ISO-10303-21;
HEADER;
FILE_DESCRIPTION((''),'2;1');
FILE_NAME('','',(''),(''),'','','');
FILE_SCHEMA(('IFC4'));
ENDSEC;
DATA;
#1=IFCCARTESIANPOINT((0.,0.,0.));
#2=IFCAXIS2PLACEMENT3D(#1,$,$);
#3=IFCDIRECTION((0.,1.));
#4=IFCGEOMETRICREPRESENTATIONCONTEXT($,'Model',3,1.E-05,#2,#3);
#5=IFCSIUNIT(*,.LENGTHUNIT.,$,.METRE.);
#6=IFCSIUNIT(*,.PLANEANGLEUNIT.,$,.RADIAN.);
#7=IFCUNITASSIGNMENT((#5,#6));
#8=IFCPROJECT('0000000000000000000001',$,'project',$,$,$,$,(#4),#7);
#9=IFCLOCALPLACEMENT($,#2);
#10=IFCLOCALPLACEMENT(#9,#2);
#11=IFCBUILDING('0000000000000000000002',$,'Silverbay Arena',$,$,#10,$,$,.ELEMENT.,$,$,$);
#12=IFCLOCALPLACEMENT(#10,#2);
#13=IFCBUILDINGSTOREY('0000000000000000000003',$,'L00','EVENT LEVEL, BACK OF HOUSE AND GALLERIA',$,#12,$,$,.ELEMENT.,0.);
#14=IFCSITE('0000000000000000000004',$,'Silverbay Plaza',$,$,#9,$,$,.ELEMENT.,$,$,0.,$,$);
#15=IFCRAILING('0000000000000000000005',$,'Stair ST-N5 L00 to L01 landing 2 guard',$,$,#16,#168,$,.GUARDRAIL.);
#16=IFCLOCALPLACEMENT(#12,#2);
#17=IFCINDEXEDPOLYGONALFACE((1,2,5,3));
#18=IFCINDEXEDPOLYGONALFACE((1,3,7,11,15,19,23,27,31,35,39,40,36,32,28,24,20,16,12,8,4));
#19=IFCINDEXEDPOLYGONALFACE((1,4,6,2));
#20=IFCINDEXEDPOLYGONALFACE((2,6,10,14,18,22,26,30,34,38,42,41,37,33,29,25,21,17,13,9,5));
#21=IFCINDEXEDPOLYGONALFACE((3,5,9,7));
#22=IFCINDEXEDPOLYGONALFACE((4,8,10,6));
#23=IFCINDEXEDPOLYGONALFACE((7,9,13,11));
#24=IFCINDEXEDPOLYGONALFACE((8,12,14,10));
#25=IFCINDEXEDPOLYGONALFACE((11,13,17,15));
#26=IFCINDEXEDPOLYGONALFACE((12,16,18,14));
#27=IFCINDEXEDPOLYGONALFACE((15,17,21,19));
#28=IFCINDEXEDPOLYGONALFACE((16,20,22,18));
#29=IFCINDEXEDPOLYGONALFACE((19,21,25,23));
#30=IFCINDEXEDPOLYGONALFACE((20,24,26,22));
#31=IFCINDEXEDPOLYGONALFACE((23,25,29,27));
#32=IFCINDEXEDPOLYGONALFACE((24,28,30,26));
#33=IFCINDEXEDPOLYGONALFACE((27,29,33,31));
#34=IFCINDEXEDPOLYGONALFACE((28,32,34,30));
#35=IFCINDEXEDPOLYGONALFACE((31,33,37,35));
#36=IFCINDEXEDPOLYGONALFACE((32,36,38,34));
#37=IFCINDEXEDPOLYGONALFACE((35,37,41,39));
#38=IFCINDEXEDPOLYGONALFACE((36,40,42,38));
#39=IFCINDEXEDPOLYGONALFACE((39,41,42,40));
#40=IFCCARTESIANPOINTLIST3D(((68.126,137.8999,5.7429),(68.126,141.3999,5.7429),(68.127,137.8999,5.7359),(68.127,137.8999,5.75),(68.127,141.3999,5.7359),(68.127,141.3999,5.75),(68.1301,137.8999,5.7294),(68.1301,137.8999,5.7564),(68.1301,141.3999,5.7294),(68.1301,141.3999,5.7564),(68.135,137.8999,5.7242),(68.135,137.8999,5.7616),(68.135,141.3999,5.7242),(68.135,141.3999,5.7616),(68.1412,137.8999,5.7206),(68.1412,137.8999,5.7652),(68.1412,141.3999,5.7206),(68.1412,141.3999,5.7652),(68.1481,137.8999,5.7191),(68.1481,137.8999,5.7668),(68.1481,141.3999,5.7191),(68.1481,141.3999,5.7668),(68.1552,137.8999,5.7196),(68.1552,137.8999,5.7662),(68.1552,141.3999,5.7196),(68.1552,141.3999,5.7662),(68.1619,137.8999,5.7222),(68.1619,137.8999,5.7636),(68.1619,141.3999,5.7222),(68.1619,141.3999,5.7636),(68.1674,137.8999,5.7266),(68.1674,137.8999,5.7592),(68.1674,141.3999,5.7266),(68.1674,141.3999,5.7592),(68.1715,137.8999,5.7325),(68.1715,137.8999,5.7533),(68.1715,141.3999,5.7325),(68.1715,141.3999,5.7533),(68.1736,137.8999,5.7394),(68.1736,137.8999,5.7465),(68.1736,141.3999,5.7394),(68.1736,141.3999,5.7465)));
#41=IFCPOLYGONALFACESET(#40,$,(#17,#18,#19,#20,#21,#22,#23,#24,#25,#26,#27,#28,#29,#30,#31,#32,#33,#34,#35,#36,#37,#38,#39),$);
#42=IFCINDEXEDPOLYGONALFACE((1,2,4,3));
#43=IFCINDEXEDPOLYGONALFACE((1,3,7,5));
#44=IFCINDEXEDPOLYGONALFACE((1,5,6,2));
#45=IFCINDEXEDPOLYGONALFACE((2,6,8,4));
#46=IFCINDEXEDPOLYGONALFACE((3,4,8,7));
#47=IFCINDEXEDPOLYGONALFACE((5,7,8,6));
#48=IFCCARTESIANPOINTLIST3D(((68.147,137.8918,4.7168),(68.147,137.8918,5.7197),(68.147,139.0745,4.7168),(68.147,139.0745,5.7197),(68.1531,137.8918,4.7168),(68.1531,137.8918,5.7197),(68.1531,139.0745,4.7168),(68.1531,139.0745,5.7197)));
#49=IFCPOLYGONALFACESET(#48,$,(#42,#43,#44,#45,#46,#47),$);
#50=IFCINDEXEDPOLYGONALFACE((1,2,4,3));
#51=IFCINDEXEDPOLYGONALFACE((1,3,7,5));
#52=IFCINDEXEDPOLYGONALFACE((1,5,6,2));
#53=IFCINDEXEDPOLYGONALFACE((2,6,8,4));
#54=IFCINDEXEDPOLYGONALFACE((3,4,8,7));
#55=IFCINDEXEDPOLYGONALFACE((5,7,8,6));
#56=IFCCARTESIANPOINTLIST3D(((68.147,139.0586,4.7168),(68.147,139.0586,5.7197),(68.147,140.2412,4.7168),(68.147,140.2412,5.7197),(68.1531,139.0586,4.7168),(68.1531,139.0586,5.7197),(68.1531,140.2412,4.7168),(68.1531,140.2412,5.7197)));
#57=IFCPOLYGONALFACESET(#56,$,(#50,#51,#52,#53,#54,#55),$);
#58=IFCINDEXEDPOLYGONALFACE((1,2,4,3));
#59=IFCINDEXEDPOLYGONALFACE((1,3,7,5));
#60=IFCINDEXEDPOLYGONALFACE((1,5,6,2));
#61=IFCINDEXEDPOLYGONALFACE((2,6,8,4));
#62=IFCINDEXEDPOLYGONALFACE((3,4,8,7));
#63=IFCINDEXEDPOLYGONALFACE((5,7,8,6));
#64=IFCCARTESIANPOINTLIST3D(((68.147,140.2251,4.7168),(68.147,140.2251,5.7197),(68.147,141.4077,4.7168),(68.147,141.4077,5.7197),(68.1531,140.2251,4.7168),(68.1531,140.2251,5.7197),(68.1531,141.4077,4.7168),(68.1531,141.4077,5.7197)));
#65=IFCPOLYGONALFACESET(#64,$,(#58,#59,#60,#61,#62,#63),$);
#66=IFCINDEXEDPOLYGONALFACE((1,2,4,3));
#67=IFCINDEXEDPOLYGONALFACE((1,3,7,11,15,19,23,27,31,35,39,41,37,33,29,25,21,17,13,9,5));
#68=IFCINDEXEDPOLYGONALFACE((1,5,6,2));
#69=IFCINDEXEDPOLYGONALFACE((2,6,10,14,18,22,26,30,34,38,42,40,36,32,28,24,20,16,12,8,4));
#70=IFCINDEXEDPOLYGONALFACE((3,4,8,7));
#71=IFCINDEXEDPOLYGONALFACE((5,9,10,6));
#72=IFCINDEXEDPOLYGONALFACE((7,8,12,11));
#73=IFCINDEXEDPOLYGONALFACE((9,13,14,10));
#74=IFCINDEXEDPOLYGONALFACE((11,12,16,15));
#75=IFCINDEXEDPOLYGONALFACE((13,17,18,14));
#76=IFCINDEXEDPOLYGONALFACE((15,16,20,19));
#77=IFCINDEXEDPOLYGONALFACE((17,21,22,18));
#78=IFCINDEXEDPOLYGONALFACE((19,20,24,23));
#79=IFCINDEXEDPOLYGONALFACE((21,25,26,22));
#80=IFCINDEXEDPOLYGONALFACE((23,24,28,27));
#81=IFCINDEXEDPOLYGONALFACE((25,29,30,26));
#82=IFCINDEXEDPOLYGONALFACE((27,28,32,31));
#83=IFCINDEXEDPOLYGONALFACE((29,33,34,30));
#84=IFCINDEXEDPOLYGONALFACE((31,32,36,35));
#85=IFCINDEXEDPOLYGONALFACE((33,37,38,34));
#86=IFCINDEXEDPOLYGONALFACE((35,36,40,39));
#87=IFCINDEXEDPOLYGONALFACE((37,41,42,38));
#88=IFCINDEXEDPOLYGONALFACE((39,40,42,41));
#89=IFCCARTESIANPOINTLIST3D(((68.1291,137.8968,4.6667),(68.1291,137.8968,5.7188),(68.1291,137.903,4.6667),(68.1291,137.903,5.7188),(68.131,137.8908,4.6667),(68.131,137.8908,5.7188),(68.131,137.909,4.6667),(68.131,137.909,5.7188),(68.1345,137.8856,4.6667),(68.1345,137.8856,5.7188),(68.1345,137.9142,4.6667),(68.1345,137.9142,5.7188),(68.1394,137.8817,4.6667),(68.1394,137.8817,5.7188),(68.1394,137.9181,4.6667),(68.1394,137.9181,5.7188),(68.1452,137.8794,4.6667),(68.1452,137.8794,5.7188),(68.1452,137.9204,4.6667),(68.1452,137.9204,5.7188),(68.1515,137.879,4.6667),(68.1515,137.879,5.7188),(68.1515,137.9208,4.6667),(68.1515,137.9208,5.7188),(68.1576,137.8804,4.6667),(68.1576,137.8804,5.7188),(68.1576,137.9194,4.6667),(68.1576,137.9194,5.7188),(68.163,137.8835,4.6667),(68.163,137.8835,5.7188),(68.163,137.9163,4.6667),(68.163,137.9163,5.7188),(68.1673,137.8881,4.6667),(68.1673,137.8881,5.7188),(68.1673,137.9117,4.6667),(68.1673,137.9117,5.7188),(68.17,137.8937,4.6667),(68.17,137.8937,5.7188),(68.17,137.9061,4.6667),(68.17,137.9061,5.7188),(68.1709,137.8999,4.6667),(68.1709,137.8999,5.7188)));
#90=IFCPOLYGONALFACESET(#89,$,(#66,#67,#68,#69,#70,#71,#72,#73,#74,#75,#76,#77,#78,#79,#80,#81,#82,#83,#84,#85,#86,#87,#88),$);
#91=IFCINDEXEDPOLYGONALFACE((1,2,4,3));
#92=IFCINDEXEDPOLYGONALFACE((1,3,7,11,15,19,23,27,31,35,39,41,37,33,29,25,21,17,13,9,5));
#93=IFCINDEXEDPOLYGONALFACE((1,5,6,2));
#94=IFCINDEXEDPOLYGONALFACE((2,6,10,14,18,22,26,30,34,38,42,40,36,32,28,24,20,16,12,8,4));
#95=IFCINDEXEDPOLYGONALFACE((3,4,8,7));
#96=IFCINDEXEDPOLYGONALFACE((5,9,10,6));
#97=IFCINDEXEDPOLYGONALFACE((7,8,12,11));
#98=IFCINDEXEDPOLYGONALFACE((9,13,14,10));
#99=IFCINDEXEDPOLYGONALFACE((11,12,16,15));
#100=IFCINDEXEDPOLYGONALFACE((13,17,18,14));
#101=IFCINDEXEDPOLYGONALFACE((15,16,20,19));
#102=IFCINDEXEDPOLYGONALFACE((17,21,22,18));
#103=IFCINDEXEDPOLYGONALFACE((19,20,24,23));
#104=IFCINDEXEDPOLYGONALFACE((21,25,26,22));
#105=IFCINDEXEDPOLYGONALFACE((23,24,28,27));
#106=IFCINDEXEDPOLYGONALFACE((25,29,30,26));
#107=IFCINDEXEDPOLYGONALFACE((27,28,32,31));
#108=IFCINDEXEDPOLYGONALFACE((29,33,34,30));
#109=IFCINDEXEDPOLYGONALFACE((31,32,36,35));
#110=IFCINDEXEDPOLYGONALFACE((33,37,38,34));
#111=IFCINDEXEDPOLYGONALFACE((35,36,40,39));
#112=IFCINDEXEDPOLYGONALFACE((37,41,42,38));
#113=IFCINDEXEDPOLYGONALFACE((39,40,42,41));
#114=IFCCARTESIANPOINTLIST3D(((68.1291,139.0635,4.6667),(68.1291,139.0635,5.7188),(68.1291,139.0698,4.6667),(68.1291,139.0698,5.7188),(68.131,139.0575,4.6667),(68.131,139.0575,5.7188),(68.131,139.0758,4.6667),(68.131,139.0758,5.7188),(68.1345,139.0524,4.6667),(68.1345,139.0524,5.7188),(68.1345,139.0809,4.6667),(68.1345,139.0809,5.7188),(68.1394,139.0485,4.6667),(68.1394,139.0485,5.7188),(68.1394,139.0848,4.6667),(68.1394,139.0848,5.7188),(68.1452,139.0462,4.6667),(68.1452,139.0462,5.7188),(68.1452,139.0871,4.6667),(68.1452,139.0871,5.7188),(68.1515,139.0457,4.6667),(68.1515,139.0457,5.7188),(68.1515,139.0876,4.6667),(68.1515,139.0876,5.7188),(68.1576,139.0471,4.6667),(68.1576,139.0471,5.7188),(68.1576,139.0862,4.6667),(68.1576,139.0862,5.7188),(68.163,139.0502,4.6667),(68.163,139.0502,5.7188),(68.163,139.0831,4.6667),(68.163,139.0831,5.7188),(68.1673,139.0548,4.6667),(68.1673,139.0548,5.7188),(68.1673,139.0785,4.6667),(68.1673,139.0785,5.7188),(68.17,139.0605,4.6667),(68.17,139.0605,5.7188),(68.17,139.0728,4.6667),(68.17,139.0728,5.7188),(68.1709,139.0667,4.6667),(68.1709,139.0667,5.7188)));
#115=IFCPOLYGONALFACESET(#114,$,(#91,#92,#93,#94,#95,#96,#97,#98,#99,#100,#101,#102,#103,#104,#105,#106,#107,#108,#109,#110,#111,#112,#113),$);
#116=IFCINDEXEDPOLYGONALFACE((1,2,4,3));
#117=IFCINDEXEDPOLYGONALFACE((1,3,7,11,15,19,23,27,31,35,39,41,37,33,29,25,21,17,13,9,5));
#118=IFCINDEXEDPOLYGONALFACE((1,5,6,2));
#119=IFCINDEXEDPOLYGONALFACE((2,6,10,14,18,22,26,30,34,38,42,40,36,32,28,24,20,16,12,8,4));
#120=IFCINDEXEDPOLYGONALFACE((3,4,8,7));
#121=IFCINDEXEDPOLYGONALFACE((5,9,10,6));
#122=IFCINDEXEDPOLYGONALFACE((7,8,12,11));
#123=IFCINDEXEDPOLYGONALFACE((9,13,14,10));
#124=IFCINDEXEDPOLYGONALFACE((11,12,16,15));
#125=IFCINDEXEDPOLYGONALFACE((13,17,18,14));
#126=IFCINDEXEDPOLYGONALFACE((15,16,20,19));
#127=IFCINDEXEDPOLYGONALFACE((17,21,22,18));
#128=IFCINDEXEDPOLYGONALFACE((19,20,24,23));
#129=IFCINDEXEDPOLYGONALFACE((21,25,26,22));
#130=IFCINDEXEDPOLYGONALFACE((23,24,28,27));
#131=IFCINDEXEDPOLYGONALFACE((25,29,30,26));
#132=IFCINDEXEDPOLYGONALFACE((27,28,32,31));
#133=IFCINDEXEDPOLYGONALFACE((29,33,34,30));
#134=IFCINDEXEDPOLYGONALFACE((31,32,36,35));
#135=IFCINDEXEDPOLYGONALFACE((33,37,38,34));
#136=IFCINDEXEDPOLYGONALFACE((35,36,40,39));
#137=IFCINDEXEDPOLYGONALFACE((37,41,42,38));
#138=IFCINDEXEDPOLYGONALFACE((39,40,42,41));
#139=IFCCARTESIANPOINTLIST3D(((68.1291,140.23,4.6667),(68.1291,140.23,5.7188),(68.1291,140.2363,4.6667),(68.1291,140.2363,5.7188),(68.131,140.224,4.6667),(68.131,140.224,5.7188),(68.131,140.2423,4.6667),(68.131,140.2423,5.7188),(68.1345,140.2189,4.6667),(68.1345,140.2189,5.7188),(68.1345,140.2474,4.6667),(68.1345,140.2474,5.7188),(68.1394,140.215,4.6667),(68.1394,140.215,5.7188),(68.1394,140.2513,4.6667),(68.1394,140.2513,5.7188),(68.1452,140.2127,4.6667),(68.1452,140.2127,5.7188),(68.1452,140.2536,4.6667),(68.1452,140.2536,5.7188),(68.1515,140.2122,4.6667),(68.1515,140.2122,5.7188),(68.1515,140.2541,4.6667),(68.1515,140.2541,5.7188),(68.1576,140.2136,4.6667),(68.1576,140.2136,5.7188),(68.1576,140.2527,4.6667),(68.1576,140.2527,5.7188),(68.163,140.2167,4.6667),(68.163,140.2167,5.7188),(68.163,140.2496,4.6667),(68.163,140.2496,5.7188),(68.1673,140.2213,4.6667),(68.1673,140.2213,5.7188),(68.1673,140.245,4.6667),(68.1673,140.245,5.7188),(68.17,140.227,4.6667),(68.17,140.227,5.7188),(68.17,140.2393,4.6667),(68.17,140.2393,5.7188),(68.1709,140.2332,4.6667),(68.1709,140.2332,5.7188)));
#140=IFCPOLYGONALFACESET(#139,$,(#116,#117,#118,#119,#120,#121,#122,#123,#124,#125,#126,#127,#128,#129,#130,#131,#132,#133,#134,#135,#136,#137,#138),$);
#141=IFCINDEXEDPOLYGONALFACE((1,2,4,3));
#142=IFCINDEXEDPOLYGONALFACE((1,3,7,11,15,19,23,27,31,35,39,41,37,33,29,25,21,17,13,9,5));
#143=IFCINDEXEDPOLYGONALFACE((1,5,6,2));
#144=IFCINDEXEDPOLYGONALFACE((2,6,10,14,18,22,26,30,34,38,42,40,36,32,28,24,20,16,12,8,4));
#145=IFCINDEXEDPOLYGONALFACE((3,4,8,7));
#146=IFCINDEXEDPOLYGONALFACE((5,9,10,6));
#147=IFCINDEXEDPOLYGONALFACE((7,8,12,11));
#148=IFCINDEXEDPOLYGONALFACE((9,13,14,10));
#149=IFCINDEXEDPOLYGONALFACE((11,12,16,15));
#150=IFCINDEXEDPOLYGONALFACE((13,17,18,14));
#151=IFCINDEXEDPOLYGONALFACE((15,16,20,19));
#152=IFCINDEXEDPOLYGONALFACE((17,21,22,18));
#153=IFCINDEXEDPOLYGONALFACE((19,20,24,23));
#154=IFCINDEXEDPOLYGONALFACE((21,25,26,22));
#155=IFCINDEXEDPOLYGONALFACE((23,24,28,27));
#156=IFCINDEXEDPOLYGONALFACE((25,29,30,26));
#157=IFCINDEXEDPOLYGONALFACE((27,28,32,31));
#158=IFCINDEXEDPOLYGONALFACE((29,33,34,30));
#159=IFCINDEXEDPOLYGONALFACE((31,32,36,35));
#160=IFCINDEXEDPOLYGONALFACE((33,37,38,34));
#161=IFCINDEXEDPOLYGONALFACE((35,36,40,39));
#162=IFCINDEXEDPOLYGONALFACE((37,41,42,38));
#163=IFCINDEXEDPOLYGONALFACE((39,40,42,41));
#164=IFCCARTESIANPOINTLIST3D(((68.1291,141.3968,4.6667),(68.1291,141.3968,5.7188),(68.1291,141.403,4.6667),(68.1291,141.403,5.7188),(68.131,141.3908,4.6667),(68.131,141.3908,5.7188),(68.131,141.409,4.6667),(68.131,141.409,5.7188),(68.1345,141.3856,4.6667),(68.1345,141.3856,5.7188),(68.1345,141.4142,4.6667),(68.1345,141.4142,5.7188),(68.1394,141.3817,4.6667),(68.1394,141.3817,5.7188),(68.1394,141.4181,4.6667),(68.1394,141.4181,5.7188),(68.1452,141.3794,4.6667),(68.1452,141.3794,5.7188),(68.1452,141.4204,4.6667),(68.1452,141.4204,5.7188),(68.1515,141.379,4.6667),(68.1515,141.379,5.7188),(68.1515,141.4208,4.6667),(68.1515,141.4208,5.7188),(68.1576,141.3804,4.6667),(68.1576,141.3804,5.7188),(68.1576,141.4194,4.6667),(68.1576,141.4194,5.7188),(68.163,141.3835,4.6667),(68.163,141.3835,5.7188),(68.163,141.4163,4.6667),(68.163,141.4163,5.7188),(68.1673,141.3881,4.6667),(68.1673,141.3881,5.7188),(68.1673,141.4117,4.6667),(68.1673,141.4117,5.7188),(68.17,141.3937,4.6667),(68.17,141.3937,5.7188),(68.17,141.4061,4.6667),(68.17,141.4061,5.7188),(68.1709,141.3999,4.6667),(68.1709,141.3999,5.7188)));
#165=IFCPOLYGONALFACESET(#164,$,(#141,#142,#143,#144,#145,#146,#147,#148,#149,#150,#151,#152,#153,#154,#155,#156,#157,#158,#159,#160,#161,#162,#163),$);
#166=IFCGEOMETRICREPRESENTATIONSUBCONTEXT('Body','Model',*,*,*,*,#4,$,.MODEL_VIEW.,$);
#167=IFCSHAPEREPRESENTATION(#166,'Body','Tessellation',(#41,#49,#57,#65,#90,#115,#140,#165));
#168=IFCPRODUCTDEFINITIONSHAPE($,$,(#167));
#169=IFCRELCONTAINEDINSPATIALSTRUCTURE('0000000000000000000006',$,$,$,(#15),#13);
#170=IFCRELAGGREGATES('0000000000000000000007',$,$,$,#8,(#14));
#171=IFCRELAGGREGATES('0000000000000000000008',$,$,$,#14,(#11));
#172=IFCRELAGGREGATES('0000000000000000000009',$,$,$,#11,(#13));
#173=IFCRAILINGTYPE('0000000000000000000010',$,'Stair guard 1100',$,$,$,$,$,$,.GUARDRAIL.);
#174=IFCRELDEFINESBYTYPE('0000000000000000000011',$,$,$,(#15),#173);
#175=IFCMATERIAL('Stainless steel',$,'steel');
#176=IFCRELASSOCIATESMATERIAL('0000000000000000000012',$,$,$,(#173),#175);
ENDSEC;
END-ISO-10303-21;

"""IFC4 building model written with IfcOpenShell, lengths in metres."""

from ifc_helpers import new_model, si_unit, direction, frame, origin, origin_2d, place, context, subcontext, project, spatial, polyline, circle, outline, extrude, material, type_object, element, save


model = new_model("IFC4")

# Units and contexts
model_context = context("Model", 3, precision=1e-05, world=origin(), true_north=direction((0.0, 1.0)))
body_context = subcontext(model_context, "Body", "Model", "MODEL_VIEW")
ifc_project = project(units=[si_unit("LENGTHUNIT", "METRE"), si_unit("PLANEANGLEUNIT", "RADIAN")], contexts=[model_context])

# Site, building, storey
site_placement = place(None, origin())
site = spatial("IfcSite", under=ifc_project, at=site_placement, Name="Silverbay Plaza", CompositionType="ELEMENT", RefElevation=0.0)
building_placement = place(site_placement, origin())
building = spatial("IfcBuilding", under=site, at=building_placement, Name="Silverbay Arena", CompositionType="ELEMENT")
storey_placement = place(building_placement, origin())
storey = spatial("IfcBuildingStorey", under=building, at=storey_placement, Name="L00", Description="EVENT LEVEL, BACK OF HOUSE AND GALLERIA", CompositionType="ELEMENT", Elevation=0.0)

# Railing
ifc_material_1 = material(Name="Stainless steel", Category="steel")
railing_type_1 = type_object("IfcRailingType", Name="Stair guard 1100", PredefinedType="GUARDRAIL", material=ifc_material_1)
for number, where, name in (
    (1, (68.1499, 137.8999, 4.6667), "Stair ST-N5 L00 to L01 landing 2 guard"),
):
    element("IfcRailing", number, at=place(storey_placement, frame(where)), inside=storey, type_object=railing_type_1, Name=name, PredefinedType="GUARDRAIL", context=body_context, shape_type="SweptSolid", body=[
        extrude(circle(Radius=0.0239, at=origin_2d()), frame((0.0, 0.0, 1.0762), z_axis=(0.0, 1.0, 0.0), x_axis=(-1.0, 0.0, 0.0)), (0.0, 0.0, 1.0), 3.5),
        extrude(outline(polyline([(-0.0081, 0.05), (1.1746, 0.05), (1.1746, 1.053), (-0.0081, 1.053), (-0.0081, 0.05)])), frame((-0.0029, 0.0, 0.0), z_axis=(1.0, 0.0, 0.0), x_axis=(0.0, 1.0, 0.0)), (0.0, 0.0, 1.0), 0.0061),
        extrude(outline(polyline([(-0.0081, 0.05), (1.1746, 0.05), (1.1746, 1.053), (-0.0081, 1.053), (-0.0081, 0.05)])), frame((-0.0029, 1.1667, 0.0), z_axis=(1.0, 0.0, 0.0), x_axis=(0.0, 1.0, 0.0)), (0.0, 0.0, 1.0), 0.0061),
        extrude(outline(polyline([(-0.0081, 0.05), (1.1746, 0.05), (1.1746, 1.053), (-0.0081, 1.053), (-0.0081, 0.05)])), frame((-0.0029, 2.3333, 0.0), z_axis=(1.0, 0.0, 0.0), x_axis=(0.0, 1.0, 0.0)), (0.0, 0.0, 1.0), 0.0061),
        extrude(circle(Radius=0.021, at=origin_2d()), origin(), (0.0, 0.0, 1.0), 1.052),
        extrude(circle(Radius=0.021, at=origin_2d()), frame((0.0, 1.1667, 0.0)), (0.0, 0.0, 1.0), 1.052),
        extrude(circle(Radius=0.021, at=origin_2d()), frame((0.0, 2.3333, 0.0)), (0.0, 0.0, 1.0), 1.052),
        extrude(circle(Radius=0.021, at=origin_2d()), frame((0.0, 3.5, 0.0)), (0.0, 0.0, 1.0), 1.052),
    ])

save(model, "model.ifc")
